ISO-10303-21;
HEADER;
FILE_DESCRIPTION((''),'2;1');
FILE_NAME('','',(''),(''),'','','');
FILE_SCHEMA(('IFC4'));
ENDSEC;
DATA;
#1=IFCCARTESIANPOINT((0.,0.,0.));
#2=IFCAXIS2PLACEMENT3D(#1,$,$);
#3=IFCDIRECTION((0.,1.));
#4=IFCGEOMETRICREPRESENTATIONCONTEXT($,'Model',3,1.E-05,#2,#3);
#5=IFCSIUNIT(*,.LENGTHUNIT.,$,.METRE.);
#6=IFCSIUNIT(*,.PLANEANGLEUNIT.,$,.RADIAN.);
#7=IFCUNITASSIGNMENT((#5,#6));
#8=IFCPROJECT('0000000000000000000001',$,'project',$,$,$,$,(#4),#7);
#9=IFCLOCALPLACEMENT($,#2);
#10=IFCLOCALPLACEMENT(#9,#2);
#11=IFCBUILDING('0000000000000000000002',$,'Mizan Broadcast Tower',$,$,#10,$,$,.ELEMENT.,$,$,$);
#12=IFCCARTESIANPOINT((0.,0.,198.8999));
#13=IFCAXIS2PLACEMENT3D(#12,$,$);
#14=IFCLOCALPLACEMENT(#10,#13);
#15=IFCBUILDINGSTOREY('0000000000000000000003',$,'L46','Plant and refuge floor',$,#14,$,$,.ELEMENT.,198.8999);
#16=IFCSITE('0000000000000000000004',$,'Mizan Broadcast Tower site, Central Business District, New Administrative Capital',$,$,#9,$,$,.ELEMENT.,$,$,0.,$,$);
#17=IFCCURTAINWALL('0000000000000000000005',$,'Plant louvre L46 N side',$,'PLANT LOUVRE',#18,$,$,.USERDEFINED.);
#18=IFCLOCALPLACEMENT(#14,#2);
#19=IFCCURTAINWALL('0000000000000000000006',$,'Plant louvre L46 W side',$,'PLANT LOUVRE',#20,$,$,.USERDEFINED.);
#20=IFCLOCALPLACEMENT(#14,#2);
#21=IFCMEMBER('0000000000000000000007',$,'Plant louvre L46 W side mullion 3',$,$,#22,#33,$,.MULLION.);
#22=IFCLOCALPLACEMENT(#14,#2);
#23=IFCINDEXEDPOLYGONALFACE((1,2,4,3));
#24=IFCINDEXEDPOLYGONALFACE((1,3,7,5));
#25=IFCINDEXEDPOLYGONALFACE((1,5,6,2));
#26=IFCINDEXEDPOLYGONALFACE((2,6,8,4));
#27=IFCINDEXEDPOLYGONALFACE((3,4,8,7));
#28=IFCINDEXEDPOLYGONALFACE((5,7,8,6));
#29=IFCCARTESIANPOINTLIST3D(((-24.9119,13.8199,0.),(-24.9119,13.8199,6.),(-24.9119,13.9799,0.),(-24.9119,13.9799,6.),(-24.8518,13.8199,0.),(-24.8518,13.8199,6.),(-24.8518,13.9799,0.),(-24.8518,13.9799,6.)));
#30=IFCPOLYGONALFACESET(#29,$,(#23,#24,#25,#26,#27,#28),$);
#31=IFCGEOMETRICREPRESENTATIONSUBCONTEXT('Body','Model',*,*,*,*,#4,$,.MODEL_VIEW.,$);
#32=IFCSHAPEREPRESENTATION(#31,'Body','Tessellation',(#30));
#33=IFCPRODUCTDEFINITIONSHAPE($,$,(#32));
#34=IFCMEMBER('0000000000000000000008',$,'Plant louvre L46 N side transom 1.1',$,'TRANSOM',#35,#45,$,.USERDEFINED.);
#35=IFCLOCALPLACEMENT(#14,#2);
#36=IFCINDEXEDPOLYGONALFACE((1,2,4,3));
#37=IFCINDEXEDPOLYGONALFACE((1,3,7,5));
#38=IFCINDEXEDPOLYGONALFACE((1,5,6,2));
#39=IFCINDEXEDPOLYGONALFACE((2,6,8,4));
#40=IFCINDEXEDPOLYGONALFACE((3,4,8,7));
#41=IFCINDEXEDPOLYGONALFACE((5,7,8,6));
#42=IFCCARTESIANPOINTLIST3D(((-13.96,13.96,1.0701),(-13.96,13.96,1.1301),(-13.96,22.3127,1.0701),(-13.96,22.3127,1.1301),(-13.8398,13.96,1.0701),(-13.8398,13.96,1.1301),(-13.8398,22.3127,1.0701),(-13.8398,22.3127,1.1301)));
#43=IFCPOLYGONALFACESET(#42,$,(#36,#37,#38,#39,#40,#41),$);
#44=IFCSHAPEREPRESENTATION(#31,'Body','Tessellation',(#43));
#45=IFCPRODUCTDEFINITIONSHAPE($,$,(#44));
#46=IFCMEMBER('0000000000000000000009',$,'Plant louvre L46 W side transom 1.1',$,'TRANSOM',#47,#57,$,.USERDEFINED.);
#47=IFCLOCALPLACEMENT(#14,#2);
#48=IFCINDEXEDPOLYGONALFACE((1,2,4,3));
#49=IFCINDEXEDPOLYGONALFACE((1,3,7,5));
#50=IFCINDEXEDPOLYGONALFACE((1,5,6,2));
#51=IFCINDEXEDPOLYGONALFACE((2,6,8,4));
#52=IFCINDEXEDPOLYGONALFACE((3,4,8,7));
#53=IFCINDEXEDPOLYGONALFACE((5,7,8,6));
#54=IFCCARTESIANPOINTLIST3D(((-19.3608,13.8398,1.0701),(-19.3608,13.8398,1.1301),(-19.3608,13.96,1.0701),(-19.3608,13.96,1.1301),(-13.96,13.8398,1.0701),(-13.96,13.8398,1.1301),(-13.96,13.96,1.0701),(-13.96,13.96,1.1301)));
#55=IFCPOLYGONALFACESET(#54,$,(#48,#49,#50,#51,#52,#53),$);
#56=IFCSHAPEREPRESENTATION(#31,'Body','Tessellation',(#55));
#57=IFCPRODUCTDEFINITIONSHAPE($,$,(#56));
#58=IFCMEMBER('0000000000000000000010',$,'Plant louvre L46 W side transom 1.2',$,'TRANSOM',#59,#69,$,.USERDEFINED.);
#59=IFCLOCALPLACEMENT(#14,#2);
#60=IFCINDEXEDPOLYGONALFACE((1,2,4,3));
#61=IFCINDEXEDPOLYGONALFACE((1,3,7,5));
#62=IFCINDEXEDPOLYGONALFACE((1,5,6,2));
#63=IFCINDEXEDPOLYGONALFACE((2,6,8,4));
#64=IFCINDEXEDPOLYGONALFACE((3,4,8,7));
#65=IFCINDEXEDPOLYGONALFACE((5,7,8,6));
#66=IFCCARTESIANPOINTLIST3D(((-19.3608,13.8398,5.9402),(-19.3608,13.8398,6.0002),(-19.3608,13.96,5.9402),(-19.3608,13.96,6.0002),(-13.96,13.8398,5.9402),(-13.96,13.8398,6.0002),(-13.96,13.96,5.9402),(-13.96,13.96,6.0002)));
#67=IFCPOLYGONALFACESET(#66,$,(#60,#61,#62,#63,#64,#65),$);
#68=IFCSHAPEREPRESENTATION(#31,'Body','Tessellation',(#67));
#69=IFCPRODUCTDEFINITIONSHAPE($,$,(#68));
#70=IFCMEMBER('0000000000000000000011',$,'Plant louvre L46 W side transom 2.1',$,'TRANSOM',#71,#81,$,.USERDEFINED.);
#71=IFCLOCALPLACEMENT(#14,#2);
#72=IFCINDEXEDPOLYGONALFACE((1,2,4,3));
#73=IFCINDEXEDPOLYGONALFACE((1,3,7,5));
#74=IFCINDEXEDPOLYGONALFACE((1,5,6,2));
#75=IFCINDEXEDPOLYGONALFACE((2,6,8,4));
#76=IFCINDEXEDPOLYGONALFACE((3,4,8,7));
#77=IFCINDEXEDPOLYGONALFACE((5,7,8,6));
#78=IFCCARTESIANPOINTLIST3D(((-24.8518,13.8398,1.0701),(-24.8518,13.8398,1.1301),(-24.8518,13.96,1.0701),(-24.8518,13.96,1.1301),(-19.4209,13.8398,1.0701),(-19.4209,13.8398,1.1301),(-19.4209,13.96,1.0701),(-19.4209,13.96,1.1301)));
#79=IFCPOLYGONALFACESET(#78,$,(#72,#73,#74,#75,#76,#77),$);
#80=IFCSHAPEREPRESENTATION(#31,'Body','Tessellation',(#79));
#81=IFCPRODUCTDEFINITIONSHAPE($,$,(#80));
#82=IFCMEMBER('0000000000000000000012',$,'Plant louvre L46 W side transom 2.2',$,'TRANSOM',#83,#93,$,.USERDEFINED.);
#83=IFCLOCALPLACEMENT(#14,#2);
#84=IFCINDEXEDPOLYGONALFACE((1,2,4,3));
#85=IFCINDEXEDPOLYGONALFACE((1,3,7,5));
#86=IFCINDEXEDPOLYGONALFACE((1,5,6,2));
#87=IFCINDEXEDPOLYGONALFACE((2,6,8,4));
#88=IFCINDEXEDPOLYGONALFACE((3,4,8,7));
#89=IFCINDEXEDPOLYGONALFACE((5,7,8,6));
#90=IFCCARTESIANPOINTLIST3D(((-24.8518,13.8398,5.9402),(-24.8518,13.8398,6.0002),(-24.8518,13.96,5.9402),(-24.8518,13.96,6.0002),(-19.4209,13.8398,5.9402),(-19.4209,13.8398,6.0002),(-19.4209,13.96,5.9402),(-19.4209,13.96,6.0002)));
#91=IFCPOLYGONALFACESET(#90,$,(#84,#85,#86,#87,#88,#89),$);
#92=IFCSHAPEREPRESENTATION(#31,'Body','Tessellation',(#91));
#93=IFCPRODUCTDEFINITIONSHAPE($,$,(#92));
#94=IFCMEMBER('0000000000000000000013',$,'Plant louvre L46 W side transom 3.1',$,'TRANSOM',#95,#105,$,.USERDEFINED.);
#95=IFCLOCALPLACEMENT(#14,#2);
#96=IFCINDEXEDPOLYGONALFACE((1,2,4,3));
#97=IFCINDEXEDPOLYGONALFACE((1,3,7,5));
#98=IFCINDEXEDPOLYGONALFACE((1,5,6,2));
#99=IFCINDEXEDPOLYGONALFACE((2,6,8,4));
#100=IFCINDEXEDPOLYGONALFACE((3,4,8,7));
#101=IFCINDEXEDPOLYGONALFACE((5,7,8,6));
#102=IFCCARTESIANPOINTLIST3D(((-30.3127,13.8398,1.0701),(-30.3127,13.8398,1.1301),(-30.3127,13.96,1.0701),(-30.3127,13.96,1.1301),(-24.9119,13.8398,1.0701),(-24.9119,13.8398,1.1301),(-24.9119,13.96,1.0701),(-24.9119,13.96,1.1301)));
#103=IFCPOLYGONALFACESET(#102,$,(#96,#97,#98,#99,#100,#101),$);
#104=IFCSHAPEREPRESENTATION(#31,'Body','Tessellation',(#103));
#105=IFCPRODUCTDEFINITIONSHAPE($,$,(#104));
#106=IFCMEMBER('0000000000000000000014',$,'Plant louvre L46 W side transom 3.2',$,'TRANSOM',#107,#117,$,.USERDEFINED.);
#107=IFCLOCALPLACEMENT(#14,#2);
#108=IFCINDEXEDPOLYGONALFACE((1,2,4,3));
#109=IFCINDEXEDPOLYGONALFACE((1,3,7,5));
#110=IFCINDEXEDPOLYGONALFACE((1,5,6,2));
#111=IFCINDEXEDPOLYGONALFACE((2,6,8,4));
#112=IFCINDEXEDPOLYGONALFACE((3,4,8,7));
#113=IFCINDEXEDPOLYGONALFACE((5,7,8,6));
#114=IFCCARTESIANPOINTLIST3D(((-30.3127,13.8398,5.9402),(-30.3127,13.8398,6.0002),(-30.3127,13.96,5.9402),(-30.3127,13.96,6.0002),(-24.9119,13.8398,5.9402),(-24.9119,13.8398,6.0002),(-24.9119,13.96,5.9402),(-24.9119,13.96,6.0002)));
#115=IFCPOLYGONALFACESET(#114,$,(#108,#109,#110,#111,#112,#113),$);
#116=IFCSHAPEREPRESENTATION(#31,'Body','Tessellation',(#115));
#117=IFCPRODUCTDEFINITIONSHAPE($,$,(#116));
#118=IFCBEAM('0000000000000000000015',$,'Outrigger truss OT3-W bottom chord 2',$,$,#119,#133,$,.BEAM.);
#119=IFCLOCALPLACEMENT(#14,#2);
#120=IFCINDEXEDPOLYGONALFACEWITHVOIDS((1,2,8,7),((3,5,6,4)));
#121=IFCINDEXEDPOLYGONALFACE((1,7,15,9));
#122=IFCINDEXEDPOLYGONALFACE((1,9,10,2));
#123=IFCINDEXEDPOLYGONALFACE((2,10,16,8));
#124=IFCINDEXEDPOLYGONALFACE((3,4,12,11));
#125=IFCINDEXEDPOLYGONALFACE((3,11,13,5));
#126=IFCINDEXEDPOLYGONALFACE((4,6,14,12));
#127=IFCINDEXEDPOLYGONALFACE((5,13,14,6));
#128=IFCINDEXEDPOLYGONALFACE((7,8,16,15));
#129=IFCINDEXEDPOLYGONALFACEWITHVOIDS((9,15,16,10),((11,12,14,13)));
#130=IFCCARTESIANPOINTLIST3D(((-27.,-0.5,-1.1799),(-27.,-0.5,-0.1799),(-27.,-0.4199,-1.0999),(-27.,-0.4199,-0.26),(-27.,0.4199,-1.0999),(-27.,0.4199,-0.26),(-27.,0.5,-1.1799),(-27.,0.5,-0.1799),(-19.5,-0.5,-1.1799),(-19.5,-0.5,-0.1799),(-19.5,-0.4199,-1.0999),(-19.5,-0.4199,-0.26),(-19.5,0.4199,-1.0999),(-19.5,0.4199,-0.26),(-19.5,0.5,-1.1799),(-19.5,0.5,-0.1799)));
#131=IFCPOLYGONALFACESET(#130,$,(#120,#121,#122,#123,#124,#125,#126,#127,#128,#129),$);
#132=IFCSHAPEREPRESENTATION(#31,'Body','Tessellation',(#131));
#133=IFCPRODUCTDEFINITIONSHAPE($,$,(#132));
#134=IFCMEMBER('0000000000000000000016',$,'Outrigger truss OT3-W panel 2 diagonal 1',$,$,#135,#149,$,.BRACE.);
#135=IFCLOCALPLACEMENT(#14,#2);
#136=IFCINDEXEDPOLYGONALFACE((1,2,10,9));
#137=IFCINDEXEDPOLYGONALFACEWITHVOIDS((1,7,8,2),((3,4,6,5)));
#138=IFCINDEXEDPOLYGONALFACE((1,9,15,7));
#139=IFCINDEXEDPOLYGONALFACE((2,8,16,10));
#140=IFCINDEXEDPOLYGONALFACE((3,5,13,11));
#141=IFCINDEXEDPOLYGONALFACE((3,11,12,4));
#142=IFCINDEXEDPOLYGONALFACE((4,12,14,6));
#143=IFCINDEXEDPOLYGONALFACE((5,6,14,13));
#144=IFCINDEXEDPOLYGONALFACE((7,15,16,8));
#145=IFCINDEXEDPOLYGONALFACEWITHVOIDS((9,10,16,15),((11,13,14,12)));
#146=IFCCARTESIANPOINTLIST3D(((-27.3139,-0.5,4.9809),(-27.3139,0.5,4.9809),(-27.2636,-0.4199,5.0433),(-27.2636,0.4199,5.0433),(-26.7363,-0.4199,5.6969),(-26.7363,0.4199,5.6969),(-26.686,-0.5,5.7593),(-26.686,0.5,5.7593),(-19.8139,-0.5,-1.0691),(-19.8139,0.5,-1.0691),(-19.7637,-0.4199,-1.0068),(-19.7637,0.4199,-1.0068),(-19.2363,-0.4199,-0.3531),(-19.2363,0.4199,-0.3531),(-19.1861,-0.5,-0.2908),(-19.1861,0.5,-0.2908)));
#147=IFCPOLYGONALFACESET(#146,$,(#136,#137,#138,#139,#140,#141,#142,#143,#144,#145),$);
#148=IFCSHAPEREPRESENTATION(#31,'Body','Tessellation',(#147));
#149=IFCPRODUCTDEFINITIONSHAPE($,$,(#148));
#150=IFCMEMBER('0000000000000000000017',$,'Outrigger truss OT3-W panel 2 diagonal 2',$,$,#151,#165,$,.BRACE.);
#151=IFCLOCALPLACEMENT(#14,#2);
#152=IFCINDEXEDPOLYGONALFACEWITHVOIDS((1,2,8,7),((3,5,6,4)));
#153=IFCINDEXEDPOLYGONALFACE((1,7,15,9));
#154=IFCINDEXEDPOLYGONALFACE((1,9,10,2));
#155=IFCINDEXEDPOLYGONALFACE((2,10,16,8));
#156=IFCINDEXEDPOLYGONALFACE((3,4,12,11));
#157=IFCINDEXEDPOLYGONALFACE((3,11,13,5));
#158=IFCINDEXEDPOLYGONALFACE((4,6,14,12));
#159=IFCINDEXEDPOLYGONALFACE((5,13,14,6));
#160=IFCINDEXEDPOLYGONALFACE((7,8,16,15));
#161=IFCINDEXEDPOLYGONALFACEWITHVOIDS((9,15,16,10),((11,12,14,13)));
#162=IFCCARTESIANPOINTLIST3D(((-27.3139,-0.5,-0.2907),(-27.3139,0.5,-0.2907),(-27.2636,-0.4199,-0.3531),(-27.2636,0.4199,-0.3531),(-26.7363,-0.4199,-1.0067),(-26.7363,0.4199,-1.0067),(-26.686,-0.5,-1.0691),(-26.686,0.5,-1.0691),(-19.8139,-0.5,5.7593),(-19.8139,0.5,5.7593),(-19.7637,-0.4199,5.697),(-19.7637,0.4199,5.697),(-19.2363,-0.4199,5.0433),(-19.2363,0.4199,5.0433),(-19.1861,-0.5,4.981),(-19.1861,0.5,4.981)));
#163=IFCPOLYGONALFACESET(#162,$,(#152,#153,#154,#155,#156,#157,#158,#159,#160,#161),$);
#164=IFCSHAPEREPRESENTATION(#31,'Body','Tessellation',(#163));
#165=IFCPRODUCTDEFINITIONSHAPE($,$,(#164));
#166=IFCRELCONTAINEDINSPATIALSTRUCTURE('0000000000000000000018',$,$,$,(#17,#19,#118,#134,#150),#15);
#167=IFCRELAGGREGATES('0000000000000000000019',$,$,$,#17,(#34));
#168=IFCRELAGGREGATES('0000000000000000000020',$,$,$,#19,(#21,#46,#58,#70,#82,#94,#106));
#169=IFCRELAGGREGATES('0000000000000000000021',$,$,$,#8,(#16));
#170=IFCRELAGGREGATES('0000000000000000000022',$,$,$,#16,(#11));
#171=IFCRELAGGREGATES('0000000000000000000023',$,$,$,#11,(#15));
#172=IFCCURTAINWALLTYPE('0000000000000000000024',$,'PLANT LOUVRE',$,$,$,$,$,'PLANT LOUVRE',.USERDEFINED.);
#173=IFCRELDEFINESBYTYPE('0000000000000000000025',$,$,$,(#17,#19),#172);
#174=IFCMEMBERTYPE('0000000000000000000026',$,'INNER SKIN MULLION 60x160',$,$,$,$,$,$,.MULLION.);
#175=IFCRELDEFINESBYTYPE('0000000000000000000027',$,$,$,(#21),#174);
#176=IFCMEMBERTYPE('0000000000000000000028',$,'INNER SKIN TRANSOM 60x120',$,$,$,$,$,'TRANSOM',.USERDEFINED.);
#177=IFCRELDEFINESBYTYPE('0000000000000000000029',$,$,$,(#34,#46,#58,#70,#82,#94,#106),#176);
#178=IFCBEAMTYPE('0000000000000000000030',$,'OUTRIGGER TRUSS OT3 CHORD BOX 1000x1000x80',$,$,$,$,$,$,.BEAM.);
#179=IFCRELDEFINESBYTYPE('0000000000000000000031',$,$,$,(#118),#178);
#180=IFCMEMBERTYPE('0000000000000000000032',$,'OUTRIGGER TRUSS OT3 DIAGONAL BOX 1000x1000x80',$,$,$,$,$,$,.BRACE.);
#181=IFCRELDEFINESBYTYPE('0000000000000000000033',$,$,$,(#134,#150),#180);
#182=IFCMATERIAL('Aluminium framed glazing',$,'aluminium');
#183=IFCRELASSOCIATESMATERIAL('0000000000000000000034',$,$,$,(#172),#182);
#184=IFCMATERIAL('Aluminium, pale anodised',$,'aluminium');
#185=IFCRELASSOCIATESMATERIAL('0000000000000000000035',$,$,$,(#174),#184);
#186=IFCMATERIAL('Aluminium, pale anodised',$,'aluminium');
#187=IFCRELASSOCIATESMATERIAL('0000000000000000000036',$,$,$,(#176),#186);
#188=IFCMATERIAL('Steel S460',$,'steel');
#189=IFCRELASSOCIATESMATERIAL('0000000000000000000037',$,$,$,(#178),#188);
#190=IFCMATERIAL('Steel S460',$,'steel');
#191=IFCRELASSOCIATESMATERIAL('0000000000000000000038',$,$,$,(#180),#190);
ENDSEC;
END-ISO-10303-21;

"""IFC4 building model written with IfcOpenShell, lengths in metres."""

from ifc_helpers import new_model, si_unit, direction, frame, origin, origin_2d, place, context, subcontext, project, spatial, rectangle, hollow_rectangle, extrude, material, material_profile, profile_set, type_object, element, aggregate, save


model = new_model("IFC4")

# Units and contexts
model_context = context("Model", 3, precision=1e-05, world=origin(), true_north=direction((0.0, 1.0)))
body_context = subcontext(model_context, "Body", "Model", "MODEL_VIEW")
ifc_project = project(units=[si_unit("LENGTHUNIT", "METRE"), si_unit("PLANEANGLEUNIT", "RADIAN")], contexts=[model_context])

# Site, building, storey
site_placement = place(None, origin())
site = spatial("IfcSite", under=ifc_project, at=site_placement, Name="Mizan Broadcast Tower site, Central Business District, New Administrative Capital", CompositionType="ELEMENT", RefElevation=0.0)
building_placement = place(site_placement, origin())
building = spatial("IfcBuilding", under=site, at=building_placement, Name="Mizan Broadcast Tower", CompositionType="ELEMENT")
storey_placement = place(building_placement, frame((0.0, 0.0, 198.8999)))
storey = spatial("IfcBuildingStorey", under=building, at=storey_placement, Name="L46", Description="Plant and refuge floor", CompositionType="ELEMENT", Elevation=198.8999)

# Curtain wall
ifc_material_1 = material(Name="Aluminium framed glazing", Category="aluminium")
curtain_wall_type = type_object("IfcCurtainWallType", Name="PLANT LOUVRE", ElementType="PLANT LOUVRE", PredefinedType="USERDEFINED", material=ifc_material_1)
curtain_wall_1_placement = place(storey_placement, origin())
curtain_wall_1 = element("IfcCurtainWall", 1, at=curtain_wall_1_placement, inside=storey, type_object=curtain_wall_type, Name="Plant louvre L46 N side", ObjectType="PLANT LOUVRE", PredefinedType="USERDEFINED")
ifc_material_2 = material(Name="Aluminium, pale anodised", Category="aluminium")
ifc_material_profile_1 = material_profile(ifc_material_2, rectangle(XDim=0.1599, YDim=0.0601, at=origin_2d()), Name="MULLION 160x60")
ifc_profile_set_1 = profile_set([ifc_material_profile_1], Name="Aluminium, pale anodised")
member_type_1 = type_object("IfcMemberType", Name="INNER SKIN MULLION 60x160", PredefinedType="MULLION", material=ifc_profile_set_1)

# Curtain wall, member
curtain_wall_2_placement = place(storey_placement, origin())
curtain_wall_2 = element("IfcCurtainWall", 2, at=curtain_wall_2_placement, inside=storey, type_object=curtain_wall_type, Name="Plant louvre L46 W side", ObjectType="PLANT LOUVRE", PredefinedType="USERDEFINED")
member_1_placement = place(storey_placement, frame((-24.8818, 13.8999, 0.0), z_axis=(0.0, 0.0, 1.0), x_axis=(0.0, -1.0, 0.0)))
member_1 = element("IfcMember", 3, at=member_1_placement, type_object=member_type_1, Name="Plant louvre L46 W side mullion 3", PredefinedType="MULLION", context=body_context, shape_type="SweptSolid", body=[
    extrude(rectangle(XDim=0.1599, YDim=0.0601, at=origin_2d()), origin(), (0.0, 0.0, 1.0), 6.0),
])

# Members
ifc_material_3 = material(Name="Aluminium, pale anodised", Category="aluminium")
ifc_material_profile_2 = material_profile(ifc_material_3, rectangle(XDim=0.1201, YDim=0.0601, at=origin_2d()), Name="TRANSOM 120x60")
ifc_profile_set_2 = profile_set([ifc_material_profile_2], Name="Aluminium, pale anodised")
member_type_2 = type_object("IfcMemberType", Name="INNER SKIN TRANSOM 60x120", ElementType="TRANSOM", PredefinedType="USERDEFINED", material=ifc_profile_set_2)
member_2_placement = place(storey_placement, frame((-13.8999, 22.3127, 1.1001), z_axis=(0.0, -1.0, 0.0), x_axis=(1.0, 0.0, 0.0)))
member_2 = element("IfcMember", 4, at=member_2_placement, type_object=member_type_2, Name="Plant louvre L46 N side transom 1.1", ObjectType="TRANSOM", PredefinedType="USERDEFINED", context=body_context, shape_type="SweptSolid", body=[
    extrude(rectangle(XDim=0.1201, YDim=0.0601, at=origin_2d()), origin(), (0.0, 0.0, 1.0), 8.3528),
])
member_3_placement = place(storey_placement, frame((-13.96, 13.8999, 1.1001), z_axis=(-1.0, 0.0, 0.0), x_axis=(0.0, -1.0, 0.0)))
member_3 = element("IfcMember", 5, at=member_3_placement, type_object=member_type_2, Name="Plant louvre L46 W side transom 1.1", ObjectType="TRANSOM", PredefinedType="USERDEFINED", context=body_context, shape_type="SweptSolid", body=[
    extrude(rectangle(XDim=0.1201, YDim=0.0601, at=origin_2d()), origin(), (0.0, 0.0, 1.0), 5.4009),
])
member_4_placement = place(storey_placement, frame((-13.96, 13.8999, 5.9702), z_axis=(-1.0, 0.0, 0.0), x_axis=(0.0, -1.0, 0.0)))
member_4 = element("IfcMember", 6, at=member_4_placement, type_object=member_type_2, Name="Plant louvre L46 W side transom 1.2", ObjectType="TRANSOM", PredefinedType="USERDEFINED", context=body_context, shape_type="SweptSolid", body=[
    extrude(rectangle(XDim=0.1201, YDim=0.0601, at=origin_2d()), origin(), (0.0, 0.0, 1.0), 5.4009),
])
member_5_placement = place(storey_placement, frame((-19.4209, 13.8999, 1.1001), z_axis=(-1.0, 0.0, 0.0), x_axis=(0.0, -1.0, 0.0)))
member_5 = element("IfcMember", 7, at=member_5_placement, type_object=member_type_2, Name="Plant louvre L46 W side transom 2.1", ObjectType="TRANSOM", PredefinedType="USERDEFINED", context=body_context, shape_type="SweptSolid", body=[
    extrude(rectangle(XDim=0.1201, YDim=0.0601, at=origin_2d()), origin(), (0.0, 0.0, 1.0), 5.4309),
])
member_6_placement = place(storey_placement, frame((-19.4209, 13.8999, 5.9702), z_axis=(-1.0, 0.0, 0.0), x_axis=(0.0, -1.0, 0.0)))
member_6 = element("IfcMember", 8, at=member_6_placement, type_object=member_type_2, Name="Plant louvre L46 W side transom 2.2", ObjectType="TRANSOM", PredefinedType="USERDEFINED", context=body_context, shape_type="SweptSolid", body=[
    extrude(rectangle(XDim=0.1201, YDim=0.0601, at=origin_2d()), origin(), (0.0, 0.0, 1.0), 5.4309),
])
member_7_placement = place(storey_placement, frame((-24.9119, 13.8999, 1.1001), z_axis=(-1.0, 0.0, 0.0), x_axis=(0.0, -1.0, 0.0)))
member_7 = element("IfcMember", 9, at=member_7_placement, type_object=member_type_2, Name="Plant louvre L46 W side transom 3.1", ObjectType="TRANSOM", PredefinedType="USERDEFINED", context=body_context, shape_type="SweptSolid", body=[
    extrude(rectangle(XDim=0.1201, YDim=0.0601, at=origin_2d()), origin(), (0.0, 0.0, 1.0), 5.4009),
])
member_8_placement = place(storey_placement, frame((-24.9119, 13.8999, 5.9702), z_axis=(-1.0, 0.0, 0.0), x_axis=(0.0, -1.0, 0.0)))
member_8 = element("IfcMember", 10, at=member_8_placement, type_object=member_type_2, Name="Plant louvre L46 W side transom 3.2", ObjectType="TRANSOM", PredefinedType="USERDEFINED", context=body_context, shape_type="SweptSolid", body=[
    extrude(rectangle(XDim=0.1201, YDim=0.0601, at=origin_2d()), origin(), (0.0, 0.0, 1.0), 5.4009),
])

# Beam
ifc_material_4 = material(Name="Steel S460", Category="steel")
ifc_material_profile_3 = material_profile(ifc_material_4, hollow_rectangle(XDim=1.0, YDim=1.0, WallThickness=0.0801, at=origin_2d()), Name="BOX 1000x1000x80")
ifc_profile_set_3 = profile_set([ifc_material_profile_3], Name="Steel S460")
beam_type_1 = type_object("IfcBeamType", Name="OUTRIGGER TRUSS OT3 CHORD BOX 1000x1000x80", PredefinedType="BEAM", material=ifc_profile_set_3)
beam_1_placement = place(storey_placement, frame((-19.5, 0.0, -0.6799), z_axis=(-1.0, 0.0, 0.0), x_axis=(0.0, -1.0, 0.0)))
element("IfcBeam", 11, at=beam_1_placement, inside=storey, type_object=beam_type_1, Name="Outrigger truss OT3-W bottom chord 2", PredefinedType="BEAM", context=body_context, shape_type="SweptSolid", body=[
    extrude(hollow_rectangle(XDim=1.0, YDim=1.0, WallThickness=0.0801, at=origin_2d()), origin(), (0.0, 0.0, 1.0), 7.5),
])

# Members
ifc_material_5 = material(Name="Steel S460", Category="steel")
ifc_material_profile_4 = material_profile(ifc_material_5, hollow_rectangle(XDim=1.0, YDim=1.0, WallThickness=0.0801, at=origin_2d()), Name="BOX 1000x1000x80")
ifc_profile_set_4 = profile_set([ifc_material_profile_4], Name="Steel S460")
member_type_3 = type_object("IfcMemberType", Name="OUTRIGGER TRUSS OT3 DIAGONAL BOX 1000x1000x80", PredefinedType="BRACE", material=ifc_profile_set_4)
for number, where, z_axis, x_axis, name in (
    (12, (-19.5, 0.0, -0.6799), (-0.778329, 0.0, 0.627857), (0.0, -1.0, 0.0), "Outrigger truss OT3-W panel 2 diagonal 1"),
    (13, (-19.5, 0.0, 5.3701), (-0.778329, 0.0, -0.627857), (0.0, -1.0, 0.0), "Outrigger truss OT3-W panel 2 diagonal 2"),
):
    element("IfcMember", number, at=place(storey_placement, frame(where, z_axis=z_axis, x_axis=x_axis)), inside=storey, type_object=member_type_3, Name=name, PredefinedType="BRACE", context=body_context, shape_type="SweptSolid", body=[
        extrude(hollow_rectangle(XDim=1.0, YDim=1.0, WallThickness=0.0801, at=origin_2d()), origin(), (0.0, 0.0, 1.0), 9.636),
    ])

aggregate(curtain_wall_1, [member_2])
aggregate(curtain_wall_2, [member_1, member_3, member_4, member_5, member_6, member_7, member_8])

save(model, "model.ifc")
